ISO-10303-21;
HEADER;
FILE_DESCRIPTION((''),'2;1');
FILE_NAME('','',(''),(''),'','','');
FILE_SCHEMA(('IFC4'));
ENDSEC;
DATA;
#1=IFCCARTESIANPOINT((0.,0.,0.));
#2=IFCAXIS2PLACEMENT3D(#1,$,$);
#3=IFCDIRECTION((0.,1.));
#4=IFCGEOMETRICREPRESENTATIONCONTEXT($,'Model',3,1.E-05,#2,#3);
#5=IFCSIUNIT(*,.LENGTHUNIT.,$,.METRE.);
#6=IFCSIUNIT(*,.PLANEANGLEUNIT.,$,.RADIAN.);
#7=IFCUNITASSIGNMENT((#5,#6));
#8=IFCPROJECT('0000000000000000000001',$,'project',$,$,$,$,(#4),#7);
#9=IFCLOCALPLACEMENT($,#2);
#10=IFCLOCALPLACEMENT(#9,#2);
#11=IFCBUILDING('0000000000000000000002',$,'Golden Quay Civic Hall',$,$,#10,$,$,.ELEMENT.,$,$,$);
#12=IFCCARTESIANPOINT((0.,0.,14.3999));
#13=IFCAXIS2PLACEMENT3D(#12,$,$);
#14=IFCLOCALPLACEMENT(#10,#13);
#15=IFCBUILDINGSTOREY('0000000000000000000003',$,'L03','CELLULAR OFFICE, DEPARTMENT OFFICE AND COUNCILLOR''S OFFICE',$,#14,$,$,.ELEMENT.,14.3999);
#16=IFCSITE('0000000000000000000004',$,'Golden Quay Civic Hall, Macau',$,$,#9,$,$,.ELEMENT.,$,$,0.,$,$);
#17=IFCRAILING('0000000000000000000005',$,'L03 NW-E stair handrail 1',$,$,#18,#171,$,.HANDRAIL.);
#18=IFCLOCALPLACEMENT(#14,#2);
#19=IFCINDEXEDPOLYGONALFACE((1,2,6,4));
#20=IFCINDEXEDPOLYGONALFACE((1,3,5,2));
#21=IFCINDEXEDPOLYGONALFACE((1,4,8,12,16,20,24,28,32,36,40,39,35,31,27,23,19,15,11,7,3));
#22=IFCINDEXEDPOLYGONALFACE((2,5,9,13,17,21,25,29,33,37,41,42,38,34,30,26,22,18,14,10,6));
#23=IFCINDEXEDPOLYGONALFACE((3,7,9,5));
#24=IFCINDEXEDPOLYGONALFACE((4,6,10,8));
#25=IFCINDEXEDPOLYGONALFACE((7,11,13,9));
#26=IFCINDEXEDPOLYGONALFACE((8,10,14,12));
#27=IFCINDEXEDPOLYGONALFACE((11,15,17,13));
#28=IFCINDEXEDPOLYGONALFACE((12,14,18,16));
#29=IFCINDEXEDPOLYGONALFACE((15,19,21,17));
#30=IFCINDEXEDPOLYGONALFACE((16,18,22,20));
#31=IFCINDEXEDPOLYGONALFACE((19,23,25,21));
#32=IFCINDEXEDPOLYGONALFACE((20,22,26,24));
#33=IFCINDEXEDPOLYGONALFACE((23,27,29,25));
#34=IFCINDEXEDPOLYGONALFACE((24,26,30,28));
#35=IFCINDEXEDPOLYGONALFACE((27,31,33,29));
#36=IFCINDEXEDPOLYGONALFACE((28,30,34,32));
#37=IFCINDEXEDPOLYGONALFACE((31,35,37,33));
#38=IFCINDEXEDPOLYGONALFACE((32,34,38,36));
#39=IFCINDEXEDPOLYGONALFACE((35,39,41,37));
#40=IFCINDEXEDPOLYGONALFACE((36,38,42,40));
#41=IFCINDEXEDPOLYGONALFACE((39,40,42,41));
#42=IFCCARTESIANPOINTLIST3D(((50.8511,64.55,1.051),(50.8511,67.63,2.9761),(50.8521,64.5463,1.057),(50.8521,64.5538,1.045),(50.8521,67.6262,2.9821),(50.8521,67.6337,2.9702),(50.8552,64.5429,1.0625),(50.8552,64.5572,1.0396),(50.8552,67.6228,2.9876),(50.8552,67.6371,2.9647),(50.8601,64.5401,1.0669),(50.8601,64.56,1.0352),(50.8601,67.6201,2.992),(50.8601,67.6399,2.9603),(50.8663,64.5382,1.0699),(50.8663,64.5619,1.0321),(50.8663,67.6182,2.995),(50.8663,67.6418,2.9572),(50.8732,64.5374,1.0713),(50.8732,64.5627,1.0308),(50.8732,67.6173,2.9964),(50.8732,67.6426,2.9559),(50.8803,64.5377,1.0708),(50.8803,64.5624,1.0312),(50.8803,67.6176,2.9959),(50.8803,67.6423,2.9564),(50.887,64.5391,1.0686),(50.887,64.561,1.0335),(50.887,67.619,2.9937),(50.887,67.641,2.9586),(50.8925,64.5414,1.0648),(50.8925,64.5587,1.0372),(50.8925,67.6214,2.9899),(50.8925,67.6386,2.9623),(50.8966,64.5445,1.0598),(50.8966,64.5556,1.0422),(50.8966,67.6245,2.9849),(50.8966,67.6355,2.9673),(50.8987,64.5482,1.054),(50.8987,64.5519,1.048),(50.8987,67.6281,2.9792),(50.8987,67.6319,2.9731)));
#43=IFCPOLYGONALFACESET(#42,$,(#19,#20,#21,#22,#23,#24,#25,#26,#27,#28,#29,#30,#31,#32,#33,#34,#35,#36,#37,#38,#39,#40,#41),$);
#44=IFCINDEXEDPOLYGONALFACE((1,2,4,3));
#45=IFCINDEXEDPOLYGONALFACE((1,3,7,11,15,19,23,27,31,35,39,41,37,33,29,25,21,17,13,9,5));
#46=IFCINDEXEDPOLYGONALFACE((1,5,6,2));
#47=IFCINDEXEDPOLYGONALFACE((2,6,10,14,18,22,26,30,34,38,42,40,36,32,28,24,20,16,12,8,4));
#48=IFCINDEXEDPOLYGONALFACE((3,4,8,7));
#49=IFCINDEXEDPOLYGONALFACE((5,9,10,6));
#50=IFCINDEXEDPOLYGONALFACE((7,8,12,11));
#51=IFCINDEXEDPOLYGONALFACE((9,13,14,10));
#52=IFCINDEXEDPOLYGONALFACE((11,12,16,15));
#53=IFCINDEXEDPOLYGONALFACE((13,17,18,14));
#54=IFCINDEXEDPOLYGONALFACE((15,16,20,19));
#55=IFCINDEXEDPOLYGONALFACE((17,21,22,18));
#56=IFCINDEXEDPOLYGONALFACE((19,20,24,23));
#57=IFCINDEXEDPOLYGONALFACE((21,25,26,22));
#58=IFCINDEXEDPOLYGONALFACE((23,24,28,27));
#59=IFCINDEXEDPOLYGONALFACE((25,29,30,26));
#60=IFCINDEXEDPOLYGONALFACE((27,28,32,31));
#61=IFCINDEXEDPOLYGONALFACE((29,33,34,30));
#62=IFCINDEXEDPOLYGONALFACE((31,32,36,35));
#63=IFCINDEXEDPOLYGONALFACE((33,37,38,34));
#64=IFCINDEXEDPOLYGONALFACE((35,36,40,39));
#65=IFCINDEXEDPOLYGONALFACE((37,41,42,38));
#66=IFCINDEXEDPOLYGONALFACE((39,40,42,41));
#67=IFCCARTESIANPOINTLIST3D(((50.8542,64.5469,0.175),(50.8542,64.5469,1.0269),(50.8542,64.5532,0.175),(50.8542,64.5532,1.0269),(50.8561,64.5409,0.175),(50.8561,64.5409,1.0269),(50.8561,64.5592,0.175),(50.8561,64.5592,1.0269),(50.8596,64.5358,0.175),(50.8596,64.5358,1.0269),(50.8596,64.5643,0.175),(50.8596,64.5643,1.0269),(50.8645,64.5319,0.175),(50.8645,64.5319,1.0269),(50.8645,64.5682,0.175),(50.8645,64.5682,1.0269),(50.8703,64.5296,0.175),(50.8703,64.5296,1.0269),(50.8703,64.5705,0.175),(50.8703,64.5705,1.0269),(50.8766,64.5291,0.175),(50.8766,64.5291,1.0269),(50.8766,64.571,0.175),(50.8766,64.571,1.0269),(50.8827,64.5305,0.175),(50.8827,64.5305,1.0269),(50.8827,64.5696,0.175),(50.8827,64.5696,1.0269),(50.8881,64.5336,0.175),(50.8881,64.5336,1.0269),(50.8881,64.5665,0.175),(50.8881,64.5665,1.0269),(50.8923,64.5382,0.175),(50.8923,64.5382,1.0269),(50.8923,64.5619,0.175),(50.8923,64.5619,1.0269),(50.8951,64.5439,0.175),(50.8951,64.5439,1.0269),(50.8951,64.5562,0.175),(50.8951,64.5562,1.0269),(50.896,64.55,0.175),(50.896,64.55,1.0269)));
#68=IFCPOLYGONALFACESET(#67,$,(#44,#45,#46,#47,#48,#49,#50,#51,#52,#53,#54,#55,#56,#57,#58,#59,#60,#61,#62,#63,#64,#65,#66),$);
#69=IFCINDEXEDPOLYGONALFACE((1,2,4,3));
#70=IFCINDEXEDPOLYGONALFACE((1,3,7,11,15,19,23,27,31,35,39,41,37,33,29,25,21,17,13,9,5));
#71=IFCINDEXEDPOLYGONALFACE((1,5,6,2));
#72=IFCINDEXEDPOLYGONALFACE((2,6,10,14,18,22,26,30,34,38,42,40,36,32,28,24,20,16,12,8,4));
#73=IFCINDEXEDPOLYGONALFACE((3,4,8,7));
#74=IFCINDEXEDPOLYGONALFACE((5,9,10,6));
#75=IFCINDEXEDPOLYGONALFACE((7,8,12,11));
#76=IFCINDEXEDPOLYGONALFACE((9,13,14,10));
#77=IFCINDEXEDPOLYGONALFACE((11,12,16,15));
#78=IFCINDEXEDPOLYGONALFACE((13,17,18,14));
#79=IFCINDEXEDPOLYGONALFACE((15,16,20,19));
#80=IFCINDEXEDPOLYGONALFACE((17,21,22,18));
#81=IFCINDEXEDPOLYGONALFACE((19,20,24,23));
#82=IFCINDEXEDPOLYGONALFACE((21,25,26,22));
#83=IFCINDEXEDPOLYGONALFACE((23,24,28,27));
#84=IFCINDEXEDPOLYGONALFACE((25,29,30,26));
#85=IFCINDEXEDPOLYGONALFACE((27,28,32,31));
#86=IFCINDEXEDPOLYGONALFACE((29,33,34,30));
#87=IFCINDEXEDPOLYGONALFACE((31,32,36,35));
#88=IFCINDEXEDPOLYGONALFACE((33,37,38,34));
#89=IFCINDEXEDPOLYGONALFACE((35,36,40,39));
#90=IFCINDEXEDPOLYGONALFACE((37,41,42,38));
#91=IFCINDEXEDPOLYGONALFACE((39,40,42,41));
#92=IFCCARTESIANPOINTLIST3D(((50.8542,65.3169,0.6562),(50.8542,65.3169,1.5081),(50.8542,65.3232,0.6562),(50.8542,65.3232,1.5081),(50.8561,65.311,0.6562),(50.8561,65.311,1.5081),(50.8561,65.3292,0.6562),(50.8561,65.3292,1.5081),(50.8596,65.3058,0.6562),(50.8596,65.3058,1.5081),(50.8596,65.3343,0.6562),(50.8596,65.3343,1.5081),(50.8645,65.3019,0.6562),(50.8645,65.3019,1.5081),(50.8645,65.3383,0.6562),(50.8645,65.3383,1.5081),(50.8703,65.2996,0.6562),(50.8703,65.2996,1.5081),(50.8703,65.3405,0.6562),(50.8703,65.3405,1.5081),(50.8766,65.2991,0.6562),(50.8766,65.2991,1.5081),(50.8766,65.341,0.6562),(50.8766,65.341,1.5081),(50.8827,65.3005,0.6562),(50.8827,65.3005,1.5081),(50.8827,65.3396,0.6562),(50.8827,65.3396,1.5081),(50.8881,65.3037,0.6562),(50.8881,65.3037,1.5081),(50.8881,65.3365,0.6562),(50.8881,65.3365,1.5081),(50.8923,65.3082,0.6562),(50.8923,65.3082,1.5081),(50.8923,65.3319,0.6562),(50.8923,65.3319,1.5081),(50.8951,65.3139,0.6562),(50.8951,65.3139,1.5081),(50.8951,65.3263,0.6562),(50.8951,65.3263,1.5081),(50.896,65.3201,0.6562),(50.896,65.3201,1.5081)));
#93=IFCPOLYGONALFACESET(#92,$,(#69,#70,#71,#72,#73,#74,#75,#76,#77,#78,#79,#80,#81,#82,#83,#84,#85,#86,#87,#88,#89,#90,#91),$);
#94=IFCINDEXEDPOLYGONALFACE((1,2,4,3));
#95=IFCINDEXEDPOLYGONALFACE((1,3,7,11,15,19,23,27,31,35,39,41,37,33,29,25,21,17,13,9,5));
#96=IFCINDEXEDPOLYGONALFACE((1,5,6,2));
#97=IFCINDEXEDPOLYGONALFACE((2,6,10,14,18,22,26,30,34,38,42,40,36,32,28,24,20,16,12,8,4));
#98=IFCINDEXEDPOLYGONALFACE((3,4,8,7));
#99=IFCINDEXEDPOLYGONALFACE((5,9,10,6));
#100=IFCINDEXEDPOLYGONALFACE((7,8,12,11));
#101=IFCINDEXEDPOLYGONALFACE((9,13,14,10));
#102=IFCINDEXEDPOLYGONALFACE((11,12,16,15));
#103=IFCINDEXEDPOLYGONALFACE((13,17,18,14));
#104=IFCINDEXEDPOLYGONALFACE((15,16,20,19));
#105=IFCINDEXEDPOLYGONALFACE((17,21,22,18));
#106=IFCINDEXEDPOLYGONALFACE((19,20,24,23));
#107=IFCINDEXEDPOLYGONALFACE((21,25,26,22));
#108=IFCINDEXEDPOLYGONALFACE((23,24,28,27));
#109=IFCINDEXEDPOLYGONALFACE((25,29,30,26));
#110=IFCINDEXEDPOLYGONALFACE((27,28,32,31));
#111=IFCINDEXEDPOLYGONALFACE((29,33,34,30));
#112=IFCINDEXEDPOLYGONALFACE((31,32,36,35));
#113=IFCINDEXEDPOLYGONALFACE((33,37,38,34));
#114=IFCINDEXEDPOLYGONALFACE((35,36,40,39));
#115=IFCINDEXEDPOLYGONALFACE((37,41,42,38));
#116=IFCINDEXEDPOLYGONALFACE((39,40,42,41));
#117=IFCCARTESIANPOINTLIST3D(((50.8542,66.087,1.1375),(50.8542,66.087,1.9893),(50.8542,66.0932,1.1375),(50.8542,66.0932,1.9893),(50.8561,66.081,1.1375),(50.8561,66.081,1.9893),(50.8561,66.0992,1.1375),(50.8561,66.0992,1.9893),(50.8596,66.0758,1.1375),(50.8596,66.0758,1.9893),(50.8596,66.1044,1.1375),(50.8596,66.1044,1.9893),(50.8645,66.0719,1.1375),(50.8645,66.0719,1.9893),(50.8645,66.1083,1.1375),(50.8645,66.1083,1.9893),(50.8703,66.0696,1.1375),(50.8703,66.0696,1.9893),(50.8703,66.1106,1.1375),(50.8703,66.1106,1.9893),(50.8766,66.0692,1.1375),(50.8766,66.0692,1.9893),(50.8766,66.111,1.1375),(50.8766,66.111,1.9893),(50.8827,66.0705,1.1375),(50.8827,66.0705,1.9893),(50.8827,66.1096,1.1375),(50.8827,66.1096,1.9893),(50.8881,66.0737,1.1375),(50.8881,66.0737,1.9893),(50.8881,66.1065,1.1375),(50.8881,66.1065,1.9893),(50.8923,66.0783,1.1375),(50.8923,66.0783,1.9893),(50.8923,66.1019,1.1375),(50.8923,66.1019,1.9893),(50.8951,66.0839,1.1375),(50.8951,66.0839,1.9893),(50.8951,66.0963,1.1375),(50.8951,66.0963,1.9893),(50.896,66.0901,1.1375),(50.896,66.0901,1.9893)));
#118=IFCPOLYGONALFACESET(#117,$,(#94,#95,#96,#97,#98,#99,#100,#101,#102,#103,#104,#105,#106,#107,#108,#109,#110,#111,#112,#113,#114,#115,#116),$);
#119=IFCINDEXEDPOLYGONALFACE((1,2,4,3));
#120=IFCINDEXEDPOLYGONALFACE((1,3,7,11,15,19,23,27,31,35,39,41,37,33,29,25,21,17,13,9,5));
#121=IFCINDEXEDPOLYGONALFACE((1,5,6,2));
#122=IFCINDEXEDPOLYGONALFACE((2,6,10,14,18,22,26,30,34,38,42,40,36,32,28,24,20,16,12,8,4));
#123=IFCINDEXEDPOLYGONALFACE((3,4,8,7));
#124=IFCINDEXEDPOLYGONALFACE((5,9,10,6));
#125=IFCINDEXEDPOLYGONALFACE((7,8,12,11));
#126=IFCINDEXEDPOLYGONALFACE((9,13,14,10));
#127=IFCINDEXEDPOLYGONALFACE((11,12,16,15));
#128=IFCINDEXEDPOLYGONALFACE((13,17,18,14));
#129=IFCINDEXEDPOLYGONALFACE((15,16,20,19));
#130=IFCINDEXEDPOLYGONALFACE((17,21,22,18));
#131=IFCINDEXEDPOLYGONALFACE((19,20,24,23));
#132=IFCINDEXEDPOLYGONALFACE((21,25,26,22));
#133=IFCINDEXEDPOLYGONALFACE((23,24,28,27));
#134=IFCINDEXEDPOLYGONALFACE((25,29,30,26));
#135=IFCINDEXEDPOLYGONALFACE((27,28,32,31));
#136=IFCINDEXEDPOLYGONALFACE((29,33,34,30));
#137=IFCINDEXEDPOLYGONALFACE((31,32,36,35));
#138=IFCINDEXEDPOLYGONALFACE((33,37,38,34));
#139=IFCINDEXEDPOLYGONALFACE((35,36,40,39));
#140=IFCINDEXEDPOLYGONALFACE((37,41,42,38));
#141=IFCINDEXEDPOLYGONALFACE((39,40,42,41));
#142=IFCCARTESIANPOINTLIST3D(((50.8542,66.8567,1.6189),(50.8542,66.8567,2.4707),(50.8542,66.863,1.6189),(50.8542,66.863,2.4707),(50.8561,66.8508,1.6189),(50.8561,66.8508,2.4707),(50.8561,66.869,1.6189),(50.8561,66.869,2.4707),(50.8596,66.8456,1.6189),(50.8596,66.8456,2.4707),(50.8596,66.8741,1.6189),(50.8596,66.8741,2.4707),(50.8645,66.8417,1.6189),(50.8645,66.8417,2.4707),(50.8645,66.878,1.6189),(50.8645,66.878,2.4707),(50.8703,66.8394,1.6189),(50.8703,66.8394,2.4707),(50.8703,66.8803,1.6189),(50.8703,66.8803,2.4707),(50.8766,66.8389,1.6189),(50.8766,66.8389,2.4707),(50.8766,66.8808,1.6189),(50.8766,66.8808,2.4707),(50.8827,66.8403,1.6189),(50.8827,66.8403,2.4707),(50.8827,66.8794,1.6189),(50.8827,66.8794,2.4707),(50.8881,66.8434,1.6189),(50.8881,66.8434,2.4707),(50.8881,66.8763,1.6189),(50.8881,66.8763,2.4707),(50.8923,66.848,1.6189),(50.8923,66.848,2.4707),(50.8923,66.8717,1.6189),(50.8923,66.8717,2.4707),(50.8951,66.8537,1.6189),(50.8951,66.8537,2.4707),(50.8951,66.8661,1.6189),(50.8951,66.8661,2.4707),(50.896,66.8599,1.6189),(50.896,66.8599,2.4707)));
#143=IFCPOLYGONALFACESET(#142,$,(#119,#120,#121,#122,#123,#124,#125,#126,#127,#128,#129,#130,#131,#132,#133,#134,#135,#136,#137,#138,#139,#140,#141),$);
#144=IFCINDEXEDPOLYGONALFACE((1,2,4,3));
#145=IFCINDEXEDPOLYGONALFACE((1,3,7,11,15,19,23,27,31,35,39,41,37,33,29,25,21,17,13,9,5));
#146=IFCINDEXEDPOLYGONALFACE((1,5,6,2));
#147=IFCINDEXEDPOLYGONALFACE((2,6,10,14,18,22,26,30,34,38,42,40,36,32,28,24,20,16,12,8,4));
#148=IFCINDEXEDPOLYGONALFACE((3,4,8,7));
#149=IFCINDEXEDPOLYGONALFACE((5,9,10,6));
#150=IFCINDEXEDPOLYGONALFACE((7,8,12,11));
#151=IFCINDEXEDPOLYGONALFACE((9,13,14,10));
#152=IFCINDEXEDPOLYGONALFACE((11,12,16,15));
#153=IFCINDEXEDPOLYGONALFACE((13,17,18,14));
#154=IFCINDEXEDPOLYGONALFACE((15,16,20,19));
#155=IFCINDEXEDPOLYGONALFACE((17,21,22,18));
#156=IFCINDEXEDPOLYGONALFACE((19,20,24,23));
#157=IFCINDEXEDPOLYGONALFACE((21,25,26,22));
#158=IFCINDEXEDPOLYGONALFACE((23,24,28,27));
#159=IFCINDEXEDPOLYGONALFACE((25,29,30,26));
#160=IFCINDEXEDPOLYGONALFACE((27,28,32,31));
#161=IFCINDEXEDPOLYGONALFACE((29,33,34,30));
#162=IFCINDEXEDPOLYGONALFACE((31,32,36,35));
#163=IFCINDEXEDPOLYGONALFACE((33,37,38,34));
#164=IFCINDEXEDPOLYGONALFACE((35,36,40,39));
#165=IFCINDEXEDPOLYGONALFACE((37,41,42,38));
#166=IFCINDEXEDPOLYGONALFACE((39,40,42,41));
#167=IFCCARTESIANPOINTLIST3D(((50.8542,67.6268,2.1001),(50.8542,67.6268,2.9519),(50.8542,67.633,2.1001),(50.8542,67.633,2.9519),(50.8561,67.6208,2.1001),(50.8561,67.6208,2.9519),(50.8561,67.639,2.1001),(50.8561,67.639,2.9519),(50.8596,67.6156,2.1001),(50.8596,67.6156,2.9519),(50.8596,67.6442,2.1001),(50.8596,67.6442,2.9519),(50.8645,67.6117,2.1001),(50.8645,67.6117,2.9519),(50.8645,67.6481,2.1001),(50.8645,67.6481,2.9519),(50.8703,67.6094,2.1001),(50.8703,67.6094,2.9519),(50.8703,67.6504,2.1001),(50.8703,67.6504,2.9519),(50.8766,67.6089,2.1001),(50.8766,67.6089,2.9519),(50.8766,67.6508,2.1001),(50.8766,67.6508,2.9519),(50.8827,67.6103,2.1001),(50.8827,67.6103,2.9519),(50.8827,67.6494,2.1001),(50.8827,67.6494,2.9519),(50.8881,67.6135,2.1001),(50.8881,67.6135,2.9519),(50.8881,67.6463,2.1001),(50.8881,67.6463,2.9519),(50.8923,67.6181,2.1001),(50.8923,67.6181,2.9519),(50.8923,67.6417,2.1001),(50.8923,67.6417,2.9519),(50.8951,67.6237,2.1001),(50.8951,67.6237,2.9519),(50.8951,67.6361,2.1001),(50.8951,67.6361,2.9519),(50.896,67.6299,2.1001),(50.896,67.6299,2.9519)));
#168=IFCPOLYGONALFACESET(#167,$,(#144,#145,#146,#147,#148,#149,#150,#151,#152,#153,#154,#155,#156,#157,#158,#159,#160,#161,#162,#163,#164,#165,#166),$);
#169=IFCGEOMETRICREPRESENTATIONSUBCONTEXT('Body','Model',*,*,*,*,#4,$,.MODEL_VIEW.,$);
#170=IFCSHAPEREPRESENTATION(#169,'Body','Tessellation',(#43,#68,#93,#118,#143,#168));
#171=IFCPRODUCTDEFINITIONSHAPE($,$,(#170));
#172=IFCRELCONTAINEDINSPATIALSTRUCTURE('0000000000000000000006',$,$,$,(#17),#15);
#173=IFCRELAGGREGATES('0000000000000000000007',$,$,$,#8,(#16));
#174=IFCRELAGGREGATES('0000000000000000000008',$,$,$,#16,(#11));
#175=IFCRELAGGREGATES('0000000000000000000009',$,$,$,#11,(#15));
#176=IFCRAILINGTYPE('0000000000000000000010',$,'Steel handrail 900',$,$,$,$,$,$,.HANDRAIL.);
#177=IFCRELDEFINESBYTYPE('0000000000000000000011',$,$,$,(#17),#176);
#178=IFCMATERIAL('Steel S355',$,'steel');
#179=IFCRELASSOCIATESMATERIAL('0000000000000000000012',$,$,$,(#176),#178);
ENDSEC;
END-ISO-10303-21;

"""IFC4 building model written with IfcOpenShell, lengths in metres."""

from ifc_helpers import new_model, si_unit, direction, frame, origin, origin_2d, place, context, subcontext, project, spatial, circle, extrude, material, type_object, element, save


model = new_model("IFC4")

# Units and contexts
model_context = context("Model", 3, precision=1e-05, world=origin(), true_north=direction((0.0, 1.0)))
body_context = subcontext(model_context, "Body", "Model", "MODEL_VIEW")
ifc_project = project(units=[si_unit("LENGTHUNIT", "METRE"), si_unit("PLANEANGLEUNIT", "RADIAN")], contexts=[model_context])

# Site, building, storey
site_placement = place(None, origin())
site = spatial("IfcSite", under=ifc_project, at=site_placement, Name="Golden Quay Civic Hall, Macau", CompositionType="ELEMENT", RefElevation=0.0)
building_placement = place(site_placement, origin())
building = spatial("IfcBuilding", under=site, at=building_placement, Name="Golden Quay Civic Hall", CompositionType="ELEMENT")
storey_placement = place(building_placement, frame((0.0, 0.0, 14.3999)))
storey = spatial("IfcBuildingStorey", under=building, at=storey_placement, Name="L03", Description="CELLULAR OFFICE, DEPARTMENT OFFICE AND COUNCILLOR'S OFFICE", CompositionType="ELEMENT", Elevation=14.3999)

# Railing
ifc_material_1 = material(Name="Steel S355", Category="steel")
railing_type = type_object("IfcRailingType", Name="Steel handrail 900", PredefinedType="HANDRAIL", material=ifc_material_1)
railing_placement = place(storey_placement, frame((50.875, 64.55, 0.175)))
element("IfcRailing", 1, at=railing_placement, inside=storey, type_object=railing_type, Name="L03 NW-E stair handrail 1", PredefinedType="HANDRAIL", context=body_context, shape_type="SweptSolid", body=[
    extrude(circle(Radius=0.0239, at=origin_2d()), frame((0.0, 0.0, 0.876), z_axis=(0.0, 0.847979, 0.530029), x_axis=(-1.0, 0.0, 0.0)), (0.0, 0.0, 1.0), 3.6321),
    extrude(circle(Radius=0.021, at=origin_2d()), origin(), (0.0, 0.0, 1.0), 0.8518),
    extrude(circle(Radius=0.021, at=origin_2d()), frame((0.0, 0.77, 0.4812)), (0.0, 0.0, 1.0), 0.8518),
    extrude(circle(Radius=0.021, at=origin_2d()), frame((0.0, 1.54, 0.9624)), (0.0, 0.0, 1.0), 0.8518),
    extrude(circle(Radius=0.021, at=origin_2d()), frame((0.0, 2.3098, 1.4438)), (0.0, 0.0, 1.0), 0.8518),
    extrude(circle(Radius=0.021, at=origin_2d()), frame((0.0, 3.0798, 1.925)), (0.0, 0.0, 1.0), 0.8518),
])

save(model, "model.ifc")
